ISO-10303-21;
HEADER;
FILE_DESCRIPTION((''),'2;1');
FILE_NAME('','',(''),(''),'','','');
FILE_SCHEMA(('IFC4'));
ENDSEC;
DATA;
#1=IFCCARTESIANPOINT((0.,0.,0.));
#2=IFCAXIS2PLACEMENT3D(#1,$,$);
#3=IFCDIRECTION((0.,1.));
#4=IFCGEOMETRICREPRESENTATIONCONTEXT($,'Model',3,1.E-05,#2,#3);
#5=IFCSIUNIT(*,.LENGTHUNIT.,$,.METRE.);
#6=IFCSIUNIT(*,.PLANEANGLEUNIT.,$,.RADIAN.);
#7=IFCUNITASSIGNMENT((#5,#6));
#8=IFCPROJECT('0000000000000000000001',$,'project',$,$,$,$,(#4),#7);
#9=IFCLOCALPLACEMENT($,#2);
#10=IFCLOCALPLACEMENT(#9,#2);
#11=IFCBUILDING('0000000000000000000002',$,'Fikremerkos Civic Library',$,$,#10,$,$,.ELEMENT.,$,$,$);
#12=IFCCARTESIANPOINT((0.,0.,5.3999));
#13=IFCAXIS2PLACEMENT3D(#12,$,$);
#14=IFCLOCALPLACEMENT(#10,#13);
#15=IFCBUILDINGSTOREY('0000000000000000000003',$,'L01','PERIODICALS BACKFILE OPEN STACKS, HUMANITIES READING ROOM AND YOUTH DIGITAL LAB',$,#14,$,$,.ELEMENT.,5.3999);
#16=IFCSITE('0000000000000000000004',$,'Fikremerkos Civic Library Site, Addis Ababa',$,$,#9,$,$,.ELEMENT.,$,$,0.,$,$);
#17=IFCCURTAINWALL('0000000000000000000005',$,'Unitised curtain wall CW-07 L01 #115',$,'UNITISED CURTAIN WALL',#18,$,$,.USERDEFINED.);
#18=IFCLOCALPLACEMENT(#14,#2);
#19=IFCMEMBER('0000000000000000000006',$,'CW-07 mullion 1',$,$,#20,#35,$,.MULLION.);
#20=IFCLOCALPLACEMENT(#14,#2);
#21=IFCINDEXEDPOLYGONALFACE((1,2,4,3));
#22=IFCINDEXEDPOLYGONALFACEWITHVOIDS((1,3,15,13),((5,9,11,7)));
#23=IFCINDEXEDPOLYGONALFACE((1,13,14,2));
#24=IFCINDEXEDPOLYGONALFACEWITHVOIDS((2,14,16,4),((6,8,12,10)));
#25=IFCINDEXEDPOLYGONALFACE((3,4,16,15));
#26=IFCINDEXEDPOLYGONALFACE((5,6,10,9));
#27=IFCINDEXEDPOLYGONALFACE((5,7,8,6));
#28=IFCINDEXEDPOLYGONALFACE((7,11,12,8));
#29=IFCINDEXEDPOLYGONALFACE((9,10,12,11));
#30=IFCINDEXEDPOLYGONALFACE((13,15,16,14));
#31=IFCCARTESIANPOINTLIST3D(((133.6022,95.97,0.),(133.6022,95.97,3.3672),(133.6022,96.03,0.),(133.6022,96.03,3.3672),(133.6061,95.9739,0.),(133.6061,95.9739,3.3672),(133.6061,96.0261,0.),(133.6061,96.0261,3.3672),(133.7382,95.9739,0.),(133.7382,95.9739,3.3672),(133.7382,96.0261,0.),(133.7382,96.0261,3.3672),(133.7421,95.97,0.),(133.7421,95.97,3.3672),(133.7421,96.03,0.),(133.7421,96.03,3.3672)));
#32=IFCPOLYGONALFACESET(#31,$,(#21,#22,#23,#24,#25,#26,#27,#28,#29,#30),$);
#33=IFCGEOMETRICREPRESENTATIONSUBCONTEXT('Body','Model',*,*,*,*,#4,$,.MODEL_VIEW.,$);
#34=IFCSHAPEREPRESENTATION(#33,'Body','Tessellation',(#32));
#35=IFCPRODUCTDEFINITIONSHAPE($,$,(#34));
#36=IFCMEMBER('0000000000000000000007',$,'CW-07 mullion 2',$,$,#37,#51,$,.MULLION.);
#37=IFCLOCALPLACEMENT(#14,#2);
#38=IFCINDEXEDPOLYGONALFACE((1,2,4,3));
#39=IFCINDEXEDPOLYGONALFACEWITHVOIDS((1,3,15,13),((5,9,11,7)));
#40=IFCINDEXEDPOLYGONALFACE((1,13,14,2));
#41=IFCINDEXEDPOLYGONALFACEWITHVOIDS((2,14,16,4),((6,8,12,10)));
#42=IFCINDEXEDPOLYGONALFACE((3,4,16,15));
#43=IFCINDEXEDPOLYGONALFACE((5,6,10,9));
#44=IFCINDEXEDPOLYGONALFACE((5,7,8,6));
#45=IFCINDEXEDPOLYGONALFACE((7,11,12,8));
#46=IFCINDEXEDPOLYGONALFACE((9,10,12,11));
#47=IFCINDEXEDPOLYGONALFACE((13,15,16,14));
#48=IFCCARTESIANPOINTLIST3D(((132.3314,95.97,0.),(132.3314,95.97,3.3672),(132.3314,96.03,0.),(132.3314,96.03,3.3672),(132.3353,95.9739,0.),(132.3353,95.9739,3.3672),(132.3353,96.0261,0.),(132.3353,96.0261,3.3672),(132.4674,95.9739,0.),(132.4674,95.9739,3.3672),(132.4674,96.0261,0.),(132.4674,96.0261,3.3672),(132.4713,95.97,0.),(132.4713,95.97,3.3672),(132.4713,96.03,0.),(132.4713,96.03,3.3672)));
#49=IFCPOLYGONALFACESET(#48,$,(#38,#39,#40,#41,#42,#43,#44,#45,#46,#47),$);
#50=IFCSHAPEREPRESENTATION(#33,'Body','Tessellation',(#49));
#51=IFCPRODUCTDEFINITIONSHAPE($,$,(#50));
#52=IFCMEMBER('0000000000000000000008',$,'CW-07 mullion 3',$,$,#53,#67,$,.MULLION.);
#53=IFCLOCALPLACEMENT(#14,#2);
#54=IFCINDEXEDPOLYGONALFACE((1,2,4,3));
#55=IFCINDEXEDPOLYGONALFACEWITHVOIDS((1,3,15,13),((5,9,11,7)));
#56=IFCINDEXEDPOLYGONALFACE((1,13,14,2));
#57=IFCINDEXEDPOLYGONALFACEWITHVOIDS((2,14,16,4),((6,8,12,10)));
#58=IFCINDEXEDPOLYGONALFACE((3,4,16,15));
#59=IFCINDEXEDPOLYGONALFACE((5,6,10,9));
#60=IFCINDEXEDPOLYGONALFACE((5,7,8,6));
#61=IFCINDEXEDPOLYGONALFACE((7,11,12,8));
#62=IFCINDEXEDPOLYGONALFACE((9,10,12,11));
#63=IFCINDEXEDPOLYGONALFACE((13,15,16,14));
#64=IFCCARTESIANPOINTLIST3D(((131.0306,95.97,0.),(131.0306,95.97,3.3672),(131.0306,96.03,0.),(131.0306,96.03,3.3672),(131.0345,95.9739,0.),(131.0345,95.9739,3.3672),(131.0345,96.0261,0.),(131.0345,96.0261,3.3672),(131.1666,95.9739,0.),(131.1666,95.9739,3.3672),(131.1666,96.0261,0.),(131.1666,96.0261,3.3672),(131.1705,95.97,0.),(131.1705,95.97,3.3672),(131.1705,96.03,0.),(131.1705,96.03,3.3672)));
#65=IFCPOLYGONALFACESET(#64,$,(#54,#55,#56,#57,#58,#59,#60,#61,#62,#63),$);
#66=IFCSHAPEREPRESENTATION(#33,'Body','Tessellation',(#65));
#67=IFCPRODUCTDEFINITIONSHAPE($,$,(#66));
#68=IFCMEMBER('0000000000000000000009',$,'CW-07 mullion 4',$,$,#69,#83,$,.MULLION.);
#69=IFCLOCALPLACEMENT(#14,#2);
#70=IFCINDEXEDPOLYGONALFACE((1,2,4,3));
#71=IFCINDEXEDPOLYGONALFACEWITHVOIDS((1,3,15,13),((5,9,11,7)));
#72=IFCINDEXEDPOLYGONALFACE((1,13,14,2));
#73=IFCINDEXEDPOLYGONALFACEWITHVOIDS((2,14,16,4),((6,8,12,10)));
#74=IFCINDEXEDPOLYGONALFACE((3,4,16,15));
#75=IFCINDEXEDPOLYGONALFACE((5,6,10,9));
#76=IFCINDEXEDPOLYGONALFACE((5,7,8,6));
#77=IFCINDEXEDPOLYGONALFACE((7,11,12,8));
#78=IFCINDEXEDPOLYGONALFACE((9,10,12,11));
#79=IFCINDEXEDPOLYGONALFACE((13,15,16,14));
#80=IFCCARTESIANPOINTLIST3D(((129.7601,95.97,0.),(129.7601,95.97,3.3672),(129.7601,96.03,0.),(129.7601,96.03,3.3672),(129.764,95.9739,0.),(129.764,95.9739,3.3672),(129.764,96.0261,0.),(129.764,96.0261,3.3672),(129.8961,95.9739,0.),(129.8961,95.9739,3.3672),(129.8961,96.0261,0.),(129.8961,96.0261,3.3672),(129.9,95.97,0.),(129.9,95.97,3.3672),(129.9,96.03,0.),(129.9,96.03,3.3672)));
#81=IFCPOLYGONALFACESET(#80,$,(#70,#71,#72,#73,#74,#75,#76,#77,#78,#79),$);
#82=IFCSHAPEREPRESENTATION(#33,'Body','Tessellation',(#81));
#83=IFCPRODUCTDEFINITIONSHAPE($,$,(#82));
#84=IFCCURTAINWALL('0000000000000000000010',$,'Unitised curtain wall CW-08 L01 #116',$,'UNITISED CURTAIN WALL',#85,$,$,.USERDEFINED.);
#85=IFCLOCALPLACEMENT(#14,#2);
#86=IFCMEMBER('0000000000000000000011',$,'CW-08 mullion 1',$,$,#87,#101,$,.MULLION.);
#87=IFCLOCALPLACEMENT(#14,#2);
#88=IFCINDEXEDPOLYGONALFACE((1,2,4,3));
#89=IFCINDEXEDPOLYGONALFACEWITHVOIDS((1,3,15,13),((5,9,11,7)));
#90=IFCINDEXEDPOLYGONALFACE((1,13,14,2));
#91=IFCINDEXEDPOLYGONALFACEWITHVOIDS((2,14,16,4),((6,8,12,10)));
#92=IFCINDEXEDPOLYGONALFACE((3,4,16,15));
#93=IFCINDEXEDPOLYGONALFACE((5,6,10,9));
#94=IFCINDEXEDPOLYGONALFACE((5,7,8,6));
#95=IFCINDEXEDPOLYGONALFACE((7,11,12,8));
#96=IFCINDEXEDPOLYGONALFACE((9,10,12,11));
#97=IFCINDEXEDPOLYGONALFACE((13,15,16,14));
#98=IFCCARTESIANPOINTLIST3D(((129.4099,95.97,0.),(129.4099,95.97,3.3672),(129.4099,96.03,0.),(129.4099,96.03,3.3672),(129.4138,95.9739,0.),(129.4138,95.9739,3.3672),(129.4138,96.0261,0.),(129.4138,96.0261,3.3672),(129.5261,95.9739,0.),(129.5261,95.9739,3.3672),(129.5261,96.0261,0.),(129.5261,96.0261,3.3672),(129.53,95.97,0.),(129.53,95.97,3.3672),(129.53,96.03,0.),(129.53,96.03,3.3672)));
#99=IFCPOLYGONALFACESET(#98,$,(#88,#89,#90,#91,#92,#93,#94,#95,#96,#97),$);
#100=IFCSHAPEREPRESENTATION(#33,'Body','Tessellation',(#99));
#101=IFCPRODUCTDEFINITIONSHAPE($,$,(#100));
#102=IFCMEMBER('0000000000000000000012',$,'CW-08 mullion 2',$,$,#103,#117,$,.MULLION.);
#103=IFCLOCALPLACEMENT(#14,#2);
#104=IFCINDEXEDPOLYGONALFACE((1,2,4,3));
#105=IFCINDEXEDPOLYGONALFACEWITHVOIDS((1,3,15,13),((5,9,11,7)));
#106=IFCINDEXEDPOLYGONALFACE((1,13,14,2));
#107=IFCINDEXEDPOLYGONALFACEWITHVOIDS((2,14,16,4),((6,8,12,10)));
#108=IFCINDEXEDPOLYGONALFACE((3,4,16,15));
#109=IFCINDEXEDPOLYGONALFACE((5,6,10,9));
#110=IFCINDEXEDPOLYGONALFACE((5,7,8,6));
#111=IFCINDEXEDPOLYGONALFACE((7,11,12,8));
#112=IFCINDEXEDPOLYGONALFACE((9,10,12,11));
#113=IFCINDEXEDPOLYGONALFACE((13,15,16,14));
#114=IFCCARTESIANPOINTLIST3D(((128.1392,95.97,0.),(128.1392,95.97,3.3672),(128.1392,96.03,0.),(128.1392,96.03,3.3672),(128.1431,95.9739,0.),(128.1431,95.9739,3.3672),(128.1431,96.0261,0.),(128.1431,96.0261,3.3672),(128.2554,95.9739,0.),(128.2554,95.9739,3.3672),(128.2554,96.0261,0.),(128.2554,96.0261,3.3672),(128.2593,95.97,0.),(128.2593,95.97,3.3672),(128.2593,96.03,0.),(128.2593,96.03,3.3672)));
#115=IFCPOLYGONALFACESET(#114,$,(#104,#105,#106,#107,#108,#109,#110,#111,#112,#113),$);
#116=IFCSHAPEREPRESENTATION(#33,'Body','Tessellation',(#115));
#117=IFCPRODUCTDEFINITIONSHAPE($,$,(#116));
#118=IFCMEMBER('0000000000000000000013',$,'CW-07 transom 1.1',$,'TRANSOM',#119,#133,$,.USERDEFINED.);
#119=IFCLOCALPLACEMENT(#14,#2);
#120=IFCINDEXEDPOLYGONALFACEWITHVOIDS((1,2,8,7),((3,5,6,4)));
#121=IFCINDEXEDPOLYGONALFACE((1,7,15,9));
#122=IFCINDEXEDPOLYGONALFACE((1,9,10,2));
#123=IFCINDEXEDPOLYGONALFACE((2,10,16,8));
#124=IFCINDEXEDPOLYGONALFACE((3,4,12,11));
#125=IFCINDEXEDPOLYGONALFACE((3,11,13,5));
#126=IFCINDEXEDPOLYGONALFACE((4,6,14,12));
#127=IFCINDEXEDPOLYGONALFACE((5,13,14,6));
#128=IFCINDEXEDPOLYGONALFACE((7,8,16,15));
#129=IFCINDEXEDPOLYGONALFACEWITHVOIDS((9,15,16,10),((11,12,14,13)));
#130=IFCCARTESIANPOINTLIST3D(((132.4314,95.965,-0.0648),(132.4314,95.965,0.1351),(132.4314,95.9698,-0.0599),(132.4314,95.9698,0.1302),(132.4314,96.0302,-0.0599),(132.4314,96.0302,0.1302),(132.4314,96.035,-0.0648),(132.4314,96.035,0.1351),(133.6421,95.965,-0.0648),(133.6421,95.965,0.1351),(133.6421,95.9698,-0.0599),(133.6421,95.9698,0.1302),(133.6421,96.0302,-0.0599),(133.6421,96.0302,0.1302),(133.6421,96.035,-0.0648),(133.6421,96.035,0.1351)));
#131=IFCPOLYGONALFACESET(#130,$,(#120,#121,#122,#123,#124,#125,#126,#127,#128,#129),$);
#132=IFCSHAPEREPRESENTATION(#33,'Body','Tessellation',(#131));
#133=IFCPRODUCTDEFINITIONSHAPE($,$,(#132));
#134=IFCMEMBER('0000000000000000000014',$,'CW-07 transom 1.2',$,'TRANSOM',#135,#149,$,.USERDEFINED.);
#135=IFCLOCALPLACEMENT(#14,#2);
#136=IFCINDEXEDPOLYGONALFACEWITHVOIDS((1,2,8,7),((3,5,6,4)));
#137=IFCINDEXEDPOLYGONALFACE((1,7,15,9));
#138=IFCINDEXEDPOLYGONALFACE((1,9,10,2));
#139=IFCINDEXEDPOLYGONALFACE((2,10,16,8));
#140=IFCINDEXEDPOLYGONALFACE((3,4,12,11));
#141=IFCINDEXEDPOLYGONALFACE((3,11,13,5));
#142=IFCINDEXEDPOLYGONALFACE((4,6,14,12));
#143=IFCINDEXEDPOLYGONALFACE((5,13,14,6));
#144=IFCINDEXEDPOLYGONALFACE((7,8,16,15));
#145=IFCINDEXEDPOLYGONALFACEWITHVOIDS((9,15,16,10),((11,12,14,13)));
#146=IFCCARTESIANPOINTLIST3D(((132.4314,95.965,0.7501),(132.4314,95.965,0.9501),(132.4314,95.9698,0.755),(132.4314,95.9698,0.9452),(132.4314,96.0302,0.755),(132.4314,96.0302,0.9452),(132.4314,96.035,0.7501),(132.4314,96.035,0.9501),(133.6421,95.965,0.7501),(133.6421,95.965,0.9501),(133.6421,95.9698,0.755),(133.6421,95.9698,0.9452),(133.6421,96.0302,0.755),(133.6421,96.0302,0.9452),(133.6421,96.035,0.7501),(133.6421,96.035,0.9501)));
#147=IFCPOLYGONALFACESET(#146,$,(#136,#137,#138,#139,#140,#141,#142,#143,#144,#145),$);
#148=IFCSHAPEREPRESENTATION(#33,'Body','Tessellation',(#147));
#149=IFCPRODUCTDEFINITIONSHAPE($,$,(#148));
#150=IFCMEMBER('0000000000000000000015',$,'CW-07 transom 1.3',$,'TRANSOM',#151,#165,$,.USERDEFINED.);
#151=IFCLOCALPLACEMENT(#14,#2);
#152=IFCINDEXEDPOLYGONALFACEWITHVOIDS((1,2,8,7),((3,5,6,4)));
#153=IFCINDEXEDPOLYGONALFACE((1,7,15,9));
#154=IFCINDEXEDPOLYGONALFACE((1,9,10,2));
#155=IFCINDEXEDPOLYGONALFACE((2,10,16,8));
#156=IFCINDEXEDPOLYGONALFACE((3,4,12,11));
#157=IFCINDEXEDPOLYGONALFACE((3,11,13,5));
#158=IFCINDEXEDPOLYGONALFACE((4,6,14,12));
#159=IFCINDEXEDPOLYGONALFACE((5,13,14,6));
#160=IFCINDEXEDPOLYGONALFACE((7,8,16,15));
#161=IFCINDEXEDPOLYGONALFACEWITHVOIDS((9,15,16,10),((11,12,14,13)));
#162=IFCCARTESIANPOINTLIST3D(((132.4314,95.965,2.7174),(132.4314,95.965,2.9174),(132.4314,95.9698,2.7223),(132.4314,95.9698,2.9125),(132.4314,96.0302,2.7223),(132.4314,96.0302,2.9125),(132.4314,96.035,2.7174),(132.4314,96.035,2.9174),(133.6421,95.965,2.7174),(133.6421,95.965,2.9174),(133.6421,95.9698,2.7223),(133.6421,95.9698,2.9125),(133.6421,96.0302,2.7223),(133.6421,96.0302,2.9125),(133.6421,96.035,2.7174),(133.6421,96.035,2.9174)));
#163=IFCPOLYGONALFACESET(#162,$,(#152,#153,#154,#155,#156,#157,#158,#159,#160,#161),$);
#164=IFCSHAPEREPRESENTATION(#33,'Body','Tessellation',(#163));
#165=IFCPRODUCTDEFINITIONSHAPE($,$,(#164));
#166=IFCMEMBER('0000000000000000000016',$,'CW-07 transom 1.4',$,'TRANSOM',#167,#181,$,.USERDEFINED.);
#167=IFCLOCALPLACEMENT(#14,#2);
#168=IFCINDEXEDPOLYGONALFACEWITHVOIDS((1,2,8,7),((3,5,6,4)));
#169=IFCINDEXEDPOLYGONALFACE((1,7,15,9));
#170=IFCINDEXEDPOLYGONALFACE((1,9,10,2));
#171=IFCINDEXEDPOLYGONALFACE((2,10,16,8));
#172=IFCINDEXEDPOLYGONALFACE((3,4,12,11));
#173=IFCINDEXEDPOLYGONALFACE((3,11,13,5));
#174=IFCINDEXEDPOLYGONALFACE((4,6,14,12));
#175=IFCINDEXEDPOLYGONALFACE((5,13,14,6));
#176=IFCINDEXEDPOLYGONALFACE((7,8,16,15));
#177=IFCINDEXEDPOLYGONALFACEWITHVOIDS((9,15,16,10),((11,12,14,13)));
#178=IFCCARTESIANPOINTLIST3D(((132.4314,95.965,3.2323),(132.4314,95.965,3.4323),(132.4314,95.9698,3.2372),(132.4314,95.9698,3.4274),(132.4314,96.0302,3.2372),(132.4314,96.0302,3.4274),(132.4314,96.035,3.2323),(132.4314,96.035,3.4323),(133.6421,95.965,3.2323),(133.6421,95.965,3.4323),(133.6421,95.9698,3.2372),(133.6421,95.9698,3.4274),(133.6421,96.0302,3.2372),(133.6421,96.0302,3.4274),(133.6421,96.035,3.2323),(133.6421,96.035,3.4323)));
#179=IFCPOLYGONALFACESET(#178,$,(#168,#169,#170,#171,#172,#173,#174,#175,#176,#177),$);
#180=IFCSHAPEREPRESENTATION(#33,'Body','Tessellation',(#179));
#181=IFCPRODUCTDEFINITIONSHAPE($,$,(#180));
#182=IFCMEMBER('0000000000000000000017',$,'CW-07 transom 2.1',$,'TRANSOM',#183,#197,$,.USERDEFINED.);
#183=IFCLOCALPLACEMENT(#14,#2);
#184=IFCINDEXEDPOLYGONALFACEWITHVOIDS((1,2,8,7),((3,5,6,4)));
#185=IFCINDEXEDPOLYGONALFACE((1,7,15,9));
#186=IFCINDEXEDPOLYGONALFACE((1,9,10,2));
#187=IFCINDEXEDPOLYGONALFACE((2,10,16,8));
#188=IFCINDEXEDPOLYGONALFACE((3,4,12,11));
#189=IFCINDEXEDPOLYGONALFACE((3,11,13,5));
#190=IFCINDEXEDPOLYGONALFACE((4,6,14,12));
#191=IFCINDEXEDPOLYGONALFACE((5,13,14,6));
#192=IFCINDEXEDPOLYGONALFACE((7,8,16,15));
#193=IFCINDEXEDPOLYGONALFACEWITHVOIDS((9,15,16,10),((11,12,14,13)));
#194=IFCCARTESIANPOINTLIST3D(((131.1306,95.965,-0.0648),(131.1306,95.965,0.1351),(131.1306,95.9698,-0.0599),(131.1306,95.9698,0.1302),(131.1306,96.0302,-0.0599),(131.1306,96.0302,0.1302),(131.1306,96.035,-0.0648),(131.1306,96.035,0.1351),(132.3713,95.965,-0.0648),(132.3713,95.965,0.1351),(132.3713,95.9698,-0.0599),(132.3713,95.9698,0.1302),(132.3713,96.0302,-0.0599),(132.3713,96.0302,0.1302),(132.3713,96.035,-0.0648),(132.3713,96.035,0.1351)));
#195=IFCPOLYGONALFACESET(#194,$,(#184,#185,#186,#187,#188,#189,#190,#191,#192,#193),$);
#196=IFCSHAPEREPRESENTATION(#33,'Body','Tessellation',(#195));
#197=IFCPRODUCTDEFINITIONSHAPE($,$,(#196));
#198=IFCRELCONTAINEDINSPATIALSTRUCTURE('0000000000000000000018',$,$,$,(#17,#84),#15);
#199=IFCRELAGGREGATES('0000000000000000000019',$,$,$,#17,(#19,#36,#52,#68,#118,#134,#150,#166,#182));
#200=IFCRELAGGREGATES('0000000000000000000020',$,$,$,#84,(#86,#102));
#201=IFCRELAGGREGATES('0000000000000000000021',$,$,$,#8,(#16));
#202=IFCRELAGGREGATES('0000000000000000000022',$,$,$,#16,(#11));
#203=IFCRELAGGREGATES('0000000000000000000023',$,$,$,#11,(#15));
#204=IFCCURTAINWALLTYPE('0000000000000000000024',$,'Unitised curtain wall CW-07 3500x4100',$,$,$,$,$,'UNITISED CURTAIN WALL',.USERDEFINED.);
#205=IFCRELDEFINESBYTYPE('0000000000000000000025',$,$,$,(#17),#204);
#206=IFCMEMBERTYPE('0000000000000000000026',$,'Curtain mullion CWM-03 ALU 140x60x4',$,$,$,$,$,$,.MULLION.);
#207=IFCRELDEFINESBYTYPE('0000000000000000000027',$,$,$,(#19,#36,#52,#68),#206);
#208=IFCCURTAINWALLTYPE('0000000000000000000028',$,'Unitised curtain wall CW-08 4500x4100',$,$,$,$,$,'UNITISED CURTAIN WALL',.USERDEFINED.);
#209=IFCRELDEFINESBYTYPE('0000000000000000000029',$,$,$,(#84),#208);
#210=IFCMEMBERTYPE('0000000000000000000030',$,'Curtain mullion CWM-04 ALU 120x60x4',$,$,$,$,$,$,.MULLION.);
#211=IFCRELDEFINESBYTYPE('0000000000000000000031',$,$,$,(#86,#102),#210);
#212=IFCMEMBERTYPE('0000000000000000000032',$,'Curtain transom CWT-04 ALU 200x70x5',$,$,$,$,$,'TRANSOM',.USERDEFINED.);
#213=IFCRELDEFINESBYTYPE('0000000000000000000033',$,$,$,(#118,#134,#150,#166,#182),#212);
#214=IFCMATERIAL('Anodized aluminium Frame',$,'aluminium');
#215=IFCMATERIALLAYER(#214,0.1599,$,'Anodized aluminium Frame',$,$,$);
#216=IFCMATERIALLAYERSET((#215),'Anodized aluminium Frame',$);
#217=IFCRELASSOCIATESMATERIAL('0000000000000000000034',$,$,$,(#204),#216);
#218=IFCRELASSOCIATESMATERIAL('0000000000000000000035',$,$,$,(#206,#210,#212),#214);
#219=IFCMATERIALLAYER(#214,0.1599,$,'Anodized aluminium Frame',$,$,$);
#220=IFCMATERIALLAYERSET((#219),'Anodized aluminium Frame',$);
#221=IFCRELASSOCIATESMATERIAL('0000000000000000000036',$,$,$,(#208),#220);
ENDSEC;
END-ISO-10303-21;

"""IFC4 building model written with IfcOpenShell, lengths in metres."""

from ifc_helpers import new_model, si_unit, direction, frame, origin, origin_2d, place, context, subcontext, project, spatial, hollow_rectangle, extrude, material, layer, layer_set, material_profile, profile_set, type_object, element, aggregate, save


model = new_model("IFC4")

# Units and contexts
model_context = context("Model", 3, precision=1e-05, world=origin(), true_north=direction((0.0, 1.0)))
body_context = subcontext(model_context, "Body", "Model", "MODEL_VIEW")
ifc_project = project(units=[si_unit("LENGTHUNIT", "METRE"), si_unit("PLANEANGLEUNIT", "RADIAN")], contexts=[model_context])

# Site, building, storey
site_placement = place(None, origin())
site = spatial("IfcSite", under=ifc_project, at=site_placement, Name="Fikremerkos Civic Library Site, Addis Ababa", CompositionType="ELEMENT", RefElevation=0.0)
building_placement = place(site_placement, origin())
building = spatial("IfcBuilding", under=site, at=building_placement, Name="Fikremerkos Civic Library", CompositionType="ELEMENT")
storey_placement = place(building_placement, frame((0.0, 0.0, 5.3999)))
storey = spatial("IfcBuildingStorey", under=building, at=storey_placement, Name="L01", Description="PERIODICALS BACKFILE OPEN STACKS, HUMANITIES READING ROOM AND YOUTH DIGITAL LAB", CompositionType="ELEMENT", Elevation=5.3999)

# Curtain walls, members
ifc_material_1 = material(Name="Anodized aluminium Frame", Category="aluminium")
ifc_layer_1 = layer(ifc_material_1, 0.1599, Name="Anodized aluminium Frame")
ifc_layer_set_1 = layer_set([ifc_layer_1], Name="Anodized aluminium Frame")
curtain_wall_type_1 = type_object("IfcCurtainWallType", Name="Unitised curtain wall CW-07 3500x4100", ElementType="UNITISED CURTAIN WALL", PredefinedType="USERDEFINED", material=ifc_layer_set_1)
curtain_wall_1_placement = place(storey_placement, origin())
curtain_wall_1 = element("IfcCurtainWall", 1, at=curtain_wall_1_placement, inside=storey, type_object=curtain_wall_type_1, Name="Unitised curtain wall CW-07 L01 #115", ObjectType="UNITISED CURTAIN WALL", PredefinedType="USERDEFINED")
ifc_material_profile_1 = material_profile(ifc_material_1, hollow_rectangle(XDim=0.0601, YDim=0.1399, WallThickness=0.0039, at=origin_2d()), Name="ALU 140x60x4")
ifc_profile_set_1 = profile_set([ifc_material_profile_1], Name="Anodized aluminium Frame")
member_type_1 = type_object("IfcMemberType", Name="Curtain mullion CWM-03 ALU 140x60x4", PredefinedType="MULLION", material=ifc_profile_set_1)
member_1_placement = place(storey_placement, frame((133.6721, 96.0, 0.0), z_axis=(0.0, 0.0, 1.0), x_axis=(0.0, -1.0, 0.0)))
member_1 = element("IfcMember", 2, at=member_1_placement, type_object=member_type_1, Name="CW-07 mullion 1", PredefinedType="MULLION", context=body_context, shape_type="SweptSolid", body=[
    extrude(hollow_rectangle(XDim=0.0601, YDim=0.1399, WallThickness=0.0039, at=origin_2d()), origin(), (0.0, 0.0, 1.0), 3.3672),
])
member_2_placement = place(storey_placement, frame((132.4014, 96.0, 0.0), z_axis=(0.0, 0.0, 1.0), x_axis=(0.0, -1.0, 0.0)))
member_2 = element("IfcMember", 3, at=member_2_placement, type_object=member_type_1, Name="CW-07 mullion 2", PredefinedType="MULLION", context=body_context, shape_type="SweptSolid", body=[
    extrude(hollow_rectangle(XDim=0.0601, YDim=0.1399, WallThickness=0.0039, at=origin_2d()), origin(), (0.0, 0.0, 1.0), 3.3672),
])
member_3_placement = place(storey_placement, frame((131.1006, 96.0, 0.0), z_axis=(0.0, 0.0, 1.0), x_axis=(0.0, -1.0, 0.0)))
member_3 = element("IfcMember", 4, at=member_3_placement, type_object=member_type_1, Name="CW-07 mullion 3", PredefinedType="MULLION", context=body_context, shape_type="SweptSolid", body=[
    extrude(hollow_rectangle(XDim=0.0601, YDim=0.1399, WallThickness=0.0039, at=origin_2d()), origin(), (0.0, 0.0, 1.0), 3.3672),
])
member_4_placement = place(storey_placement, frame((129.8301, 96.0, 0.0), z_axis=(0.0, 0.0, 1.0), x_axis=(0.0, -1.0, 0.0)))
member_4 = element("IfcMember", 5, at=member_4_placement, type_object=member_type_1, Name="CW-07 mullion 4", PredefinedType="MULLION", context=body_context, shape_type="SweptSolid", body=[
    extrude(hollow_rectangle(XDim=0.0601, YDim=0.1399, WallThickness=0.0039, at=origin_2d()), origin(), (0.0, 0.0, 1.0), 3.3672),
])
ifc_layer_2 = layer(ifc_material_1, 0.1599, Name="Anodized aluminium Frame")
ifc_layer_set_2 = layer_set([ifc_layer_2], Name="Anodized aluminium Frame")
curtain_wall_type_2 = type_object("IfcCurtainWallType", Name="Unitised curtain wall CW-08 4500x4100", ElementType="UNITISED CURTAIN WALL", PredefinedType="USERDEFINED", material=ifc_layer_set_2)
curtain_wall_2_placement = place(storey_placement, origin())
curtain_wall_2 = element("IfcCurtainWall", 6, at=curtain_wall_2_placement, inside=storey, type_object=curtain_wall_type_2, Name="Unitised curtain wall CW-08 L01 #116", ObjectType="UNITISED CURTAIN WALL", PredefinedType="USERDEFINED")
ifc_material_profile_2 = material_profile(ifc_material_1, hollow_rectangle(XDim=0.0601, YDim=0.1201, WallThickness=0.0039, at=origin_2d()), Name="ALU 120x60x4")
ifc_profile_set_2 = profile_set([ifc_material_profile_2], Name="Anodized aluminium Frame")
member_type_2 = type_object("IfcMemberType", Name="Curtain mullion CWM-04 ALU 120x60x4", PredefinedType="MULLION", material=ifc_profile_set_2)
member_5_placement = place(storey_placement, frame((129.47, 96.0, 0.0), z_axis=(0.0, 0.0, 1.0), x_axis=(0.0, -1.0, 0.0)))
member_5 = element("IfcMember", 7, at=member_5_placement, type_object=member_type_2, Name="CW-08 mullion 1", PredefinedType="MULLION", context=body_context, shape_type="SweptSolid", body=[
    extrude(hollow_rectangle(XDim=0.0601, YDim=0.1201, WallThickness=0.0039, at=origin_2d()), origin(), (0.0, 0.0, 1.0), 3.3672),
])
member_6_placement = place(storey_placement, frame((128.1992, 96.0, 0.0), z_axis=(0.0, 0.0, 1.0), x_axis=(0.0, -1.0, 0.0)))
member_6 = element("IfcMember", 8, at=member_6_placement, type_object=member_type_2, Name="CW-08 mullion 2", PredefinedType="MULLION", context=body_context, shape_type="SweptSolid", body=[
    extrude(hollow_rectangle(XDim=0.0601, YDim=0.1201, WallThickness=0.0039, at=origin_2d()), origin(), (0.0, 0.0, 1.0), 3.3672),
])

# Members
ifc_material_profile_3 = material_profile(ifc_material_1, hollow_rectangle(XDim=0.0701, YDim=0.2, WallThickness=0.0049, at=origin_2d()), Name="ALU 200x70x5")
ifc_profile_set_3 = profile_set([ifc_material_profile_3], Name="Anodized aluminium Frame")
member_type_3 = type_object("IfcMemberType", Name="Curtain transom CWT-04 ALU 200x70x5", ElementType="TRANSOM", PredefinedType="USERDEFINED", material=ifc_profile_set_3)
member_7_placement = place(storey_placement, frame((133.6421, 96.0, 0.0352), z_axis=(-1.0, 0.0, 0.0), x_axis=(0.0, -1.0, 0.0)))
member_7 = element("IfcMember", 9, at=member_7_placement, type_object=member_type_3, Name="CW-07 transom 1.1", ObjectType="TRANSOM", PredefinedType="USERDEFINED", context=body_context, shape_type="SweptSolid", body=[
    extrude(hollow_rectangle(XDim=0.0701, YDim=0.2, WallThickness=0.0049, at=origin_2d()), origin(), (0.0, 0.0, 1.0), 1.2107),
])
member_8_placement = place(storey_placement, frame((133.6421, 96.0, 0.8501), z_axis=(-1.0, 0.0, 0.0), x_axis=(0.0, -1.0, 0.0)))
member_8 = element("IfcMember", 10, at=member_8_placement, type_object=member_type_3, Name="CW-07 transom 1.2", ObjectType="TRANSOM", PredefinedType="USERDEFINED", context=body_context, shape_type="SweptSolid", body=[
    extrude(hollow_rectangle(XDim=0.0701, YDim=0.2, WallThickness=0.0049, at=origin_2d()), origin(), (0.0, 0.0, 1.0), 1.2107),
])
member_9_placement = place(storey_placement, frame((133.6421, 96.0, 2.8174), z_axis=(-1.0, 0.0, 0.0), x_axis=(0.0, -1.0, 0.0)))
member_9 = element("IfcMember", 11, at=member_9_placement, type_object=member_type_3, Name="CW-07 transom 1.3", ObjectType="TRANSOM", PredefinedType="USERDEFINED", context=body_context, shape_type="SweptSolid", body=[
    extrude(hollow_rectangle(XDim=0.0701, YDim=0.2, WallThickness=0.0049, at=origin_2d()), origin(), (0.0, 0.0, 1.0), 1.2107),
])
member_10_placement = place(storey_placement, frame((133.6421, 96.0, 3.3323), z_axis=(-1.0, 0.0, 0.0), x_axis=(0.0, -1.0, 0.0)))
member_10 = element("IfcMember", 12, at=member_10_placement, type_object=member_type_3, Name="CW-07 transom 1.4", ObjectType="TRANSOM", PredefinedType="USERDEFINED", context=body_context, shape_type="SweptSolid", body=[
    extrude(hollow_rectangle(XDim=0.0701, YDim=0.2, WallThickness=0.0049, at=origin_2d()), origin(), (0.0, 0.0, 1.0), 1.2107),
])
member_11_placement = place(storey_placement, frame((132.3713, 96.0, 0.0352), z_axis=(-1.0, 0.0, 0.0), x_axis=(0.0, -1.0, 0.0)))
member_11 = element("IfcMember", 13, at=member_11_placement, type_object=member_type_3, Name="CW-07 transom 2.1", ObjectType="TRANSOM", PredefinedType="USERDEFINED", context=body_context, shape_type="SweptSolid", body=[
    extrude(hollow_rectangle(XDim=0.0701, YDim=0.2, WallThickness=0.0049, at=origin_2d()), origin(), (0.0, 0.0, 1.0), 1.2407),
])

aggregate(curtain_wall_1, [member_1, member_2, member_3, member_4, member_7, member_8, member_9, member_10, member_11])
aggregate(curtain_wall_2, [member_5, member_6])

save(model, "model.ifc")
